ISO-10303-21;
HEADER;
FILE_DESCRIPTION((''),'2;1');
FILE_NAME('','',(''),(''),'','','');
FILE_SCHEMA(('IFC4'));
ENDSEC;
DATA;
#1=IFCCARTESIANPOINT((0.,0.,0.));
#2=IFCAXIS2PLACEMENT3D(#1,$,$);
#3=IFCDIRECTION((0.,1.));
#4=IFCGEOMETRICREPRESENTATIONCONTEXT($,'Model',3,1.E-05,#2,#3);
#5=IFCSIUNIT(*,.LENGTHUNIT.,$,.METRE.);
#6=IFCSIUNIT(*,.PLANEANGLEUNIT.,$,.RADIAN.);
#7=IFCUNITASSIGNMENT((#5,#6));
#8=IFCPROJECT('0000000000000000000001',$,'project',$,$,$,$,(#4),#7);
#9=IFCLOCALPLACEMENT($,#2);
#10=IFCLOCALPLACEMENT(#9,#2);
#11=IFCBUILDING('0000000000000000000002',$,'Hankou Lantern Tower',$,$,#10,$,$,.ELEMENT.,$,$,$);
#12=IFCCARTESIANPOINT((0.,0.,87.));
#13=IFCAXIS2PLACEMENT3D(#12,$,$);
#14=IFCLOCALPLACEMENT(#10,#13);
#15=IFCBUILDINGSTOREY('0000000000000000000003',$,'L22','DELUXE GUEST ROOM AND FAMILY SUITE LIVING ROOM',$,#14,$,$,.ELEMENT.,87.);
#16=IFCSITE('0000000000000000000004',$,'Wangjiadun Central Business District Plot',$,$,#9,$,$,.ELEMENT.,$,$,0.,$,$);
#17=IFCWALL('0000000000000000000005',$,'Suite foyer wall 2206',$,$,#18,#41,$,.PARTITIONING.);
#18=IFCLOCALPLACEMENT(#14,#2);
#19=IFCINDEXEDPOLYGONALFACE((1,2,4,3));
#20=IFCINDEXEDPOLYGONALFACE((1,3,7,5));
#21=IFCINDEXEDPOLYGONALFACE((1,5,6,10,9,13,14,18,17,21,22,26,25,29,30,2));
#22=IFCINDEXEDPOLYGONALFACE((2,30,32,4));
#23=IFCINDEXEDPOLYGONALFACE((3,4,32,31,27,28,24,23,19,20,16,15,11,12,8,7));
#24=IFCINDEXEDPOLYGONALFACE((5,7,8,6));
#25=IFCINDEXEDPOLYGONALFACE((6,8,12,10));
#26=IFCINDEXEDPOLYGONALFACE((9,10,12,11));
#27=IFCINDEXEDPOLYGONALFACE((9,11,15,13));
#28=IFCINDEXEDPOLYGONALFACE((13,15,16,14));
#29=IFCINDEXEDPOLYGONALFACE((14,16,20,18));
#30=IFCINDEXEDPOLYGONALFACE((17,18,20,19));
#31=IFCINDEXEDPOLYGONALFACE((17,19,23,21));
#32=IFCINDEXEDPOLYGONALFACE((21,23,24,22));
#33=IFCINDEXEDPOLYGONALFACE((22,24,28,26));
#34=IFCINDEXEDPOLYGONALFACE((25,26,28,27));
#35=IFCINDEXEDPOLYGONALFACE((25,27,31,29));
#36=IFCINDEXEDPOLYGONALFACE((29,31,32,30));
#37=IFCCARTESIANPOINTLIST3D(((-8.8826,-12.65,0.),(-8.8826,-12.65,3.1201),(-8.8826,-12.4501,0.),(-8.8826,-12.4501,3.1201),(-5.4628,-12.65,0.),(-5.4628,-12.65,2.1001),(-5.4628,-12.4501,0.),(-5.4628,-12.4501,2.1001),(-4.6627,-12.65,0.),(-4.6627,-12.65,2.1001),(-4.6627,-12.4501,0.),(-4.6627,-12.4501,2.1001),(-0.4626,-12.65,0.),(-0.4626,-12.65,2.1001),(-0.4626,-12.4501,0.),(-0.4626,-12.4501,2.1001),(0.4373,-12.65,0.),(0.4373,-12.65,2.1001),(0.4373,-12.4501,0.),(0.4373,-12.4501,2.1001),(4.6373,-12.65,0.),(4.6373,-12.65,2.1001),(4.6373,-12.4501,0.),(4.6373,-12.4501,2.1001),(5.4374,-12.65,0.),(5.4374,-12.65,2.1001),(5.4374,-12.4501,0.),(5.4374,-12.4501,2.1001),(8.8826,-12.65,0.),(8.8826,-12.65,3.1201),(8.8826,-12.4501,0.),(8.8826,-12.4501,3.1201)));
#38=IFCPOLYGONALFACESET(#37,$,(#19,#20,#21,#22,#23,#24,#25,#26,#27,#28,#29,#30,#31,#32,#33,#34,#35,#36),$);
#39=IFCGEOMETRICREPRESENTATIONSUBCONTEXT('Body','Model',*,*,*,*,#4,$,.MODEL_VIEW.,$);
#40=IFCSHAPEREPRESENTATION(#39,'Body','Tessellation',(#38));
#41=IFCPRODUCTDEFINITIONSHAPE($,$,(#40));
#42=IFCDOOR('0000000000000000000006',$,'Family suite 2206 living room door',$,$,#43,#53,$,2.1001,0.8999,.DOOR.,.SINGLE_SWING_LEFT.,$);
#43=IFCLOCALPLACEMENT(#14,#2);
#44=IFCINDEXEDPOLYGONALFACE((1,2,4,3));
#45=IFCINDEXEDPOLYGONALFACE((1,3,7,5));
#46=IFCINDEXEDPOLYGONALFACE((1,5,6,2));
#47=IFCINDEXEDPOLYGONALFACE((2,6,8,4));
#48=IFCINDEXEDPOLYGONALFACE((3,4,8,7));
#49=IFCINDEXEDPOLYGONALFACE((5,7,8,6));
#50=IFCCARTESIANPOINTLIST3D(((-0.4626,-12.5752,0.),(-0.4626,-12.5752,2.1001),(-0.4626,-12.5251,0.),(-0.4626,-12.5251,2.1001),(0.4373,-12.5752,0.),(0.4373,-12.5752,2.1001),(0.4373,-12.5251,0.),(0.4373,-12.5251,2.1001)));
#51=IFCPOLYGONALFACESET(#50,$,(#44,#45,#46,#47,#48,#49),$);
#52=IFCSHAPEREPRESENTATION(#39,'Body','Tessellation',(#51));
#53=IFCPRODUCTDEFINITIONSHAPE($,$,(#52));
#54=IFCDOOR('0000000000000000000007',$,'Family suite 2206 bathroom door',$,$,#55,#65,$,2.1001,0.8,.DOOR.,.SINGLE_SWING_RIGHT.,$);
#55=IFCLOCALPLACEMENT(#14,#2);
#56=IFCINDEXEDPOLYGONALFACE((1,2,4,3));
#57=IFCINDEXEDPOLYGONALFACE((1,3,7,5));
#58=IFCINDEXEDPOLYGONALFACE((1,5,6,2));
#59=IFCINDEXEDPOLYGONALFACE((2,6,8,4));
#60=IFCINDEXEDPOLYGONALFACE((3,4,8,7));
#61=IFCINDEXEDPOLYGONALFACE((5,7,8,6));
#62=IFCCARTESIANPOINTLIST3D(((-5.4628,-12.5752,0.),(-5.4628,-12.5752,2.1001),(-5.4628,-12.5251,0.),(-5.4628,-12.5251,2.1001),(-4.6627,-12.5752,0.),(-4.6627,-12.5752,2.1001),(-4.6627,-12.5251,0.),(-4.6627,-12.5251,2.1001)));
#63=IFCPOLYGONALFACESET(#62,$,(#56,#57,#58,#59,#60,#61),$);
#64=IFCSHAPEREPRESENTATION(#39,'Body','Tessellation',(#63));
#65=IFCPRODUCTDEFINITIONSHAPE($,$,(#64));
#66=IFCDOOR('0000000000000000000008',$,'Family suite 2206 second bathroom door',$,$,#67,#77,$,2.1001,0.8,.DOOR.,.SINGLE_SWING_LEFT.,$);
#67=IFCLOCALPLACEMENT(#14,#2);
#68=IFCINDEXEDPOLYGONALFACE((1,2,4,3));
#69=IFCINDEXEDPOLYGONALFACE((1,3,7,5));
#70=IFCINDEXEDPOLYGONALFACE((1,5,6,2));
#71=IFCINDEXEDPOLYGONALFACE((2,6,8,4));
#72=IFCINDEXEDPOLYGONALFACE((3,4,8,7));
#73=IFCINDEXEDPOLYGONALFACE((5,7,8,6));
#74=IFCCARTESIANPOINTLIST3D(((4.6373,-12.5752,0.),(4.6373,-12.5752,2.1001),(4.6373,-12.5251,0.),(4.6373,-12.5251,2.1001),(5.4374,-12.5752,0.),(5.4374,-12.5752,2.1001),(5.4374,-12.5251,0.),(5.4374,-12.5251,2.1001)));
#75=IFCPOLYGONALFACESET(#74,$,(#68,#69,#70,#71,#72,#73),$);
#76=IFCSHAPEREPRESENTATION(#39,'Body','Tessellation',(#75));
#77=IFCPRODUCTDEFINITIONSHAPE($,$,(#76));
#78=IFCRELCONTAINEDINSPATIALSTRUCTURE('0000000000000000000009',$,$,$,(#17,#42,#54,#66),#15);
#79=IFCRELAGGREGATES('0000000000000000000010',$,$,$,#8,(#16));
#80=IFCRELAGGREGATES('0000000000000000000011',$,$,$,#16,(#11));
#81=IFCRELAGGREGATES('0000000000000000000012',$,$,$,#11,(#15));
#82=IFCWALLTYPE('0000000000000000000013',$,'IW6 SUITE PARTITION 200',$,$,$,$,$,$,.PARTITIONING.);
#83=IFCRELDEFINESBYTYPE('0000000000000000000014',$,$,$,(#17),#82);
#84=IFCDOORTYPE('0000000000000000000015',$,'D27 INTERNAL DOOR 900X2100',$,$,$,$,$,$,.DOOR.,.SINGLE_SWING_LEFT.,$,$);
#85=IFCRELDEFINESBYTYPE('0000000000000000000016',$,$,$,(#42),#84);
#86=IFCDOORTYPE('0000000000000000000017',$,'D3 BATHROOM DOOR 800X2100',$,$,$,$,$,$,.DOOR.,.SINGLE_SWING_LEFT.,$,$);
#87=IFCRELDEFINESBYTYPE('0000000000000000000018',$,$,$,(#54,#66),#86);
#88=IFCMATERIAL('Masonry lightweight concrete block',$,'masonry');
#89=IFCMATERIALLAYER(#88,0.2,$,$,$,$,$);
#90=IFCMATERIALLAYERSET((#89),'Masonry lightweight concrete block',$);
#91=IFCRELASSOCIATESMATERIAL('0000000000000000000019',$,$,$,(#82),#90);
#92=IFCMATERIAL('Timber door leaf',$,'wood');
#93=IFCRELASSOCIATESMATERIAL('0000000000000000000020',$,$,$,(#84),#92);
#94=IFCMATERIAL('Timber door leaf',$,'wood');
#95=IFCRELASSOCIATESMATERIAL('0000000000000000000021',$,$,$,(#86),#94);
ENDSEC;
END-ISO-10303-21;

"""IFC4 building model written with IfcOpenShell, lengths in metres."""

from ifc_helpers import new_model, si_unit, direction, frame, frame_2d, origin, place, context, subcontext, project, spatial, rectangle, extrude, material, layer, layer_set, type_object, element, fill, save


model = new_model("IFC4")

# Units and contexts
model_context = context("Model", 3, precision=1e-05, world=origin(), true_north=direction((0.0, 1.0)))
body_context = subcontext(model_context, "Body", "Model", "MODEL_VIEW")
ifc_project = project(units=[si_unit("LENGTHUNIT", "METRE"), si_unit("PLANEANGLEUNIT", "RADIAN")], contexts=[model_context])

# Site, building, storey
site_placement = place(None, origin())
site = spatial("IfcSite", under=ifc_project, at=site_placement, Name="Wangjiadun Central Business District Plot", CompositionType="ELEMENT", RefElevation=0.0)
building_placement = place(site_placement, origin())
building = spatial("IfcBuilding", under=site, at=building_placement, Name="Hankou Lantern Tower", CompositionType="ELEMENT")
storey_placement = place(building_placement, frame((0.0, 0.0, 87.0)))
storey = spatial("IfcBuildingStorey", under=building, at=storey_placement, Name="L22", Description="DELUXE GUEST ROOM AND FAMILY SUITE LIVING ROOM", CompositionType="ELEMENT", Elevation=87.0)

# Wall, openings, doors
ifc_material_1 = material(Name="Masonry lightweight concrete block", Category="masonry")
ifc_layer_1 = layer(ifc_material_1, 0.2)
ifc_layer_set_1 = layer_set([ifc_layer_1], Name="Masonry lightweight concrete block")
wall_type_1 = type_object("IfcWallType", Name="IW6 SUITE PARTITION 200", PredefinedType="PARTITIONING", material=ifc_layer_set_1)
wall_1_placement = place(storey_placement, frame((-8.8826, -12.55, 0.0), z_axis=(0.0, 0.0, 1.0), x_axis=(1.0, 0.0, 0.0)))
wall_1 = element("IfcWall", 1, at=wall_1_placement, inside=storey, type_object=wall_type_1, Name="Suite foyer wall 2206", PredefinedType="PARTITIONING", context=body_context, shape_type="SweptSolid", body=[
    extrude(rectangle(XDim=17.7651, YDim=0.2, at=frame_2d((8.8826, 0.0))), origin(), (0.0, 0.0, 1.0), 3.1201),
])
opening_1_placement = place(wall_1_placement, frame((3.4199, 0.0, 0.0)))
opening_1 = element("IfcOpeningElement", 2, at=opening_1_placement, cuts=wall_1, PredefinedType="OPENING", context=body_context, shape_type="SweptSolid", body=[
    extrude(rectangle(XDim=0.8, YDim=2.1001, at=frame_2d((0.3999, 1.05))), frame((0.0, 0.1099, 0.0), z_axis=(0.0, -1.0, 0.0), x_axis=(1.0, 0.0, 0.0)), (0.0, 0.0, 1.0), 0.22),
])
opening_2_placement = place(wall_1_placement, frame((13.52, 0.0, 0.0)))
opening_2 = element("IfcOpeningElement", 3, at=opening_2_placement, cuts=wall_1, PredefinedType="OPENING", context=body_context, shape_type="SweptSolid", body=[
    extrude(rectangle(XDim=0.8, YDim=2.1001, at=frame_2d((0.3999, 1.05))), frame((0.0, 0.1099, 0.0), z_axis=(0.0, -1.0, 0.0), x_axis=(1.0, 0.0, 0.0)), (0.0, 0.0, 1.0), 0.22),
])
opening_3_placement = place(wall_1_placement, frame((8.4199, 0.0, 0.0)))
opening_3 = element("IfcOpeningElement", 4, at=opening_3_placement, cuts=wall_1, PredefinedType="OPENING", context=body_context, shape_type="SweptSolid", body=[
    extrude(rectangle(XDim=0.8999, YDim=2.1001, at=frame_2d((0.45, 1.05))), frame((0.0, 0.1099, 0.0), z_axis=(0.0, -1.0, 0.0), x_axis=(1.0, 0.0, 0.0)), (0.0, 0.0, 1.0), 0.22),
])
ifc_material_2 = material(Name="Timber door leaf", Category="wood")
door_type_1 = type_object("IfcDoorType", Name="D27 INTERNAL DOOR 900X2100", OperationType="SINGLE_SWING_LEFT", PredefinedType="DOOR", material=ifc_material_2)
door_1_placement = place(opening_3_placement, origin())
door_1 = element("IfcDoor", 5, at=door_1_placement, inside=storey, type_object=door_type_1, Name="Family suite 2206 living room door", OperationType="SINGLE_SWING_LEFT", OverallHeight=2.1001, OverallWidth=0.8999, PredefinedType="DOOR", context=body_context, shape_type="SweptSolid", body=[
    extrude(rectangle(XDim=0.8999, YDim=2.1001, at=frame_2d((0.45, 1.05))), frame((0.0, 0.0249, 0.0), z_axis=(0.0, -1.0, 0.0), x_axis=(1.0, 0.0, 0.0)), (0.0, 0.0, 1.0), 0.05),
])
fill(opening_3, door_1)
ifc_material_3 = material(Name="Timber door leaf", Category="wood")
door_type_2 = type_object("IfcDoorType", Name="D3 BATHROOM DOOR 800X2100", OperationType="SINGLE_SWING_LEFT", PredefinedType="DOOR", material=ifc_material_3)
door_2_placement = place(opening_1_placement, origin())
door_2 = element("IfcDoor", 6, at=door_2_placement, inside=storey, type_object=door_type_2, Name="Family suite 2206 bathroom door", OperationType="SINGLE_SWING_RIGHT", OverallHeight=2.1001, OverallWidth=0.8, PredefinedType="DOOR", context=body_context, shape_type="SweptSolid", body=[
    extrude(rectangle(XDim=0.8, YDim=2.1001, at=frame_2d((0.3999, 1.05))), frame((0.0, 0.0249, 0.0), z_axis=(0.0, -1.0, 0.0), x_axis=(1.0, 0.0, 0.0)), (0.0, 0.0, 1.0), 0.05),
])
fill(opening_1, door_2)
door_3_placement = place(opening_2_placement, origin())
door_3 = element("IfcDoor", 7, at=door_3_placement, inside=storey, type_object=door_type_2, Name="Family suite 2206 second bathroom door", OperationType="SINGLE_SWING_LEFT", OverallHeight=2.1001, OverallWidth=0.8, PredefinedType="DOOR", context=body_context, shape_type="SweptSolid", body=[
    extrude(rectangle(XDim=0.8, YDim=2.1001, at=frame_2d((0.3999, 1.05))), frame((0.0, 0.0249, 0.0), z_axis=(0.0, -1.0, 0.0), x_axis=(1.0, 0.0, 0.0)), (0.0, 0.0, 1.0), 0.05),
])
fill(opening_2, door_3)

save(model, "model.ifc")
